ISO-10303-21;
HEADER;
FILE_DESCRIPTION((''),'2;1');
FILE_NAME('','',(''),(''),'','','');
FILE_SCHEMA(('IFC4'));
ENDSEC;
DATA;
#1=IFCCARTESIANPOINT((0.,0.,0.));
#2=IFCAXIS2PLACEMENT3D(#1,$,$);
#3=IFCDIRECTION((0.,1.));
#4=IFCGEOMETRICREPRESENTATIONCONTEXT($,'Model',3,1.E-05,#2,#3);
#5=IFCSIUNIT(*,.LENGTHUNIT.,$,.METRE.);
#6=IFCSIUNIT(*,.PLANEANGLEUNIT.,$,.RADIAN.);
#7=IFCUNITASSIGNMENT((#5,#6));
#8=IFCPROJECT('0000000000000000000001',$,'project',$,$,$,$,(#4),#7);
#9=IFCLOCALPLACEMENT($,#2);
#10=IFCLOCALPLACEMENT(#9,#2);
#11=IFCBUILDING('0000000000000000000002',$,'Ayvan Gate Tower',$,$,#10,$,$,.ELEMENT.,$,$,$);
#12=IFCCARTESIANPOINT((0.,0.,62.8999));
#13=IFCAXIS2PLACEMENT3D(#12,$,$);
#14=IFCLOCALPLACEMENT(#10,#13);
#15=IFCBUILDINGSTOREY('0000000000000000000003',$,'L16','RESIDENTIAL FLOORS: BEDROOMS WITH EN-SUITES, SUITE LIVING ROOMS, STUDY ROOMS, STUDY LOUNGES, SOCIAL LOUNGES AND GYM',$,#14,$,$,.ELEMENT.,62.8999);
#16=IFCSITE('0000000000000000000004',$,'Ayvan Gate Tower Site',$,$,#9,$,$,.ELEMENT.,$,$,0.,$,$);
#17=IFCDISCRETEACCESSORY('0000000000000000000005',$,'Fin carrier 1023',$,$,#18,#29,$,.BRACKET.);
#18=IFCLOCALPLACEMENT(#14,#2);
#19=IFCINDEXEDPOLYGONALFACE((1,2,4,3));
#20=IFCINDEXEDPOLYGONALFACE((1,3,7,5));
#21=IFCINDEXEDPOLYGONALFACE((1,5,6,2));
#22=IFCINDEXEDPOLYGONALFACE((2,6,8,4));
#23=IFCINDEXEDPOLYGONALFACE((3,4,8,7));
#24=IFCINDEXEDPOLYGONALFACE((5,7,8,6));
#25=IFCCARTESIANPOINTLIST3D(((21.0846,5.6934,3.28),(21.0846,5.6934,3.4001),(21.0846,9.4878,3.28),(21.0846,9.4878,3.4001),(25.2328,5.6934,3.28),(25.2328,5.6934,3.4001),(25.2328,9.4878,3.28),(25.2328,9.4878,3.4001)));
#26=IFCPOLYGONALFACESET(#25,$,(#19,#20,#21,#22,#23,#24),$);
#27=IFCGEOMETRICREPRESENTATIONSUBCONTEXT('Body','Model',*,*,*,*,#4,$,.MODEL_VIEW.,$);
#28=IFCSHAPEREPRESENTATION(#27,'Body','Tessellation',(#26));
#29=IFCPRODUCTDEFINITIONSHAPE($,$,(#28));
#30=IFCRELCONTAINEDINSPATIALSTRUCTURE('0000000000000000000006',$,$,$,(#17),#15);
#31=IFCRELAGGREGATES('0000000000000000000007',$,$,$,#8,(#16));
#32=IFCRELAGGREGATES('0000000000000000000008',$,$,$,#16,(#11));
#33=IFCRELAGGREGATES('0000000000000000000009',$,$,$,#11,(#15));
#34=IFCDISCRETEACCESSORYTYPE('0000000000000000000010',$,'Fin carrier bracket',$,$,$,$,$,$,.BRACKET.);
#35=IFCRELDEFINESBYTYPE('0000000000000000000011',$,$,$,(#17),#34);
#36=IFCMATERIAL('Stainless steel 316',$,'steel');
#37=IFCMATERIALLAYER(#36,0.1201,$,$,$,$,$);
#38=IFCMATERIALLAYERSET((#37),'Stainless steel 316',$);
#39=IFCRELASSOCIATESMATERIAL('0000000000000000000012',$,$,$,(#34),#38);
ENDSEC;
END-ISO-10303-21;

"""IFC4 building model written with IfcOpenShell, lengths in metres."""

from ifc_helpers import new_model, si_unit, direction, frame, origin, origin_2d, place, context, subcontext, project, spatial, rectangle, extrude, material, layer, layer_set, type_object, element, save


model = new_model("IFC4")

# Units and contexts
model_context = context("Model", 3, precision=1e-05, world=origin(), true_north=direction((0.0, 1.0)))
body_context = subcontext(model_context, "Body", "Model", "MODEL_VIEW")
ifc_project = project(units=[si_unit("LENGTHUNIT", "METRE"), si_unit("PLANEANGLEUNIT", "RADIAN")], contexts=[model_context])

# Site, building, storey
site_placement = place(None, origin())
site = spatial("IfcSite", under=ifc_project, at=site_placement, Name="Ayvan Gate Tower Site", CompositionType="ELEMENT", RefElevation=0.0)
building_placement = place(site_placement, origin())
building = spatial("IfcBuilding", under=site, at=building_placement, Name="Ayvan Gate Tower", CompositionType="ELEMENT")
storey_placement = place(building_placement, frame((0.0, 0.0, 62.8999)))
storey = spatial("IfcBuildingStorey", under=building, at=storey_placement, Name="L16", Description="RESIDENTIAL FLOORS: BEDROOMS WITH EN-SUITES, SUITE LIVING ROOMS, STUDY ROOMS, STUDY LOUNGES, SOCIAL LOUNGES AND GYM", CompositionType="ELEMENT", Elevation=62.8999)

# Discrete accessory
ifc_material_1 = material(Name="Stainless steel 316", Category="steel")
ifc_layer_1 = layer(ifc_material_1, 0.1201)
ifc_layer_set_1 = layer_set([ifc_layer_1], Name="Stainless steel 316")
discrete_accessory_type = type_object("IfcDiscreteAccessoryType", Name="Fin carrier bracket", PredefinedType="BRACKET", material=ifc_layer_set_1)
discrete_accessory_1_placement = place(storey_placement, frame((23.1587, 7.5906, 3.28), z_axis=(0.0, 0.0, 1.0), x_axis=(0.0, 1.0, 0.0)))
element("IfcDiscreteAccessory", 1, at=discrete_accessory_1_placement, inside=storey, type_object=discrete_accessory_type, Name="Fin carrier 1023", PredefinedType="BRACKET", context=body_context, shape_type="SweptSolid", body=[
    extrude(rectangle(XDim=3.7944, YDim=4.1482, at=origin_2d()), origin(), (0.0, 0.0, 1.0), 0.1201),
])

save(model, "model.ifc")
